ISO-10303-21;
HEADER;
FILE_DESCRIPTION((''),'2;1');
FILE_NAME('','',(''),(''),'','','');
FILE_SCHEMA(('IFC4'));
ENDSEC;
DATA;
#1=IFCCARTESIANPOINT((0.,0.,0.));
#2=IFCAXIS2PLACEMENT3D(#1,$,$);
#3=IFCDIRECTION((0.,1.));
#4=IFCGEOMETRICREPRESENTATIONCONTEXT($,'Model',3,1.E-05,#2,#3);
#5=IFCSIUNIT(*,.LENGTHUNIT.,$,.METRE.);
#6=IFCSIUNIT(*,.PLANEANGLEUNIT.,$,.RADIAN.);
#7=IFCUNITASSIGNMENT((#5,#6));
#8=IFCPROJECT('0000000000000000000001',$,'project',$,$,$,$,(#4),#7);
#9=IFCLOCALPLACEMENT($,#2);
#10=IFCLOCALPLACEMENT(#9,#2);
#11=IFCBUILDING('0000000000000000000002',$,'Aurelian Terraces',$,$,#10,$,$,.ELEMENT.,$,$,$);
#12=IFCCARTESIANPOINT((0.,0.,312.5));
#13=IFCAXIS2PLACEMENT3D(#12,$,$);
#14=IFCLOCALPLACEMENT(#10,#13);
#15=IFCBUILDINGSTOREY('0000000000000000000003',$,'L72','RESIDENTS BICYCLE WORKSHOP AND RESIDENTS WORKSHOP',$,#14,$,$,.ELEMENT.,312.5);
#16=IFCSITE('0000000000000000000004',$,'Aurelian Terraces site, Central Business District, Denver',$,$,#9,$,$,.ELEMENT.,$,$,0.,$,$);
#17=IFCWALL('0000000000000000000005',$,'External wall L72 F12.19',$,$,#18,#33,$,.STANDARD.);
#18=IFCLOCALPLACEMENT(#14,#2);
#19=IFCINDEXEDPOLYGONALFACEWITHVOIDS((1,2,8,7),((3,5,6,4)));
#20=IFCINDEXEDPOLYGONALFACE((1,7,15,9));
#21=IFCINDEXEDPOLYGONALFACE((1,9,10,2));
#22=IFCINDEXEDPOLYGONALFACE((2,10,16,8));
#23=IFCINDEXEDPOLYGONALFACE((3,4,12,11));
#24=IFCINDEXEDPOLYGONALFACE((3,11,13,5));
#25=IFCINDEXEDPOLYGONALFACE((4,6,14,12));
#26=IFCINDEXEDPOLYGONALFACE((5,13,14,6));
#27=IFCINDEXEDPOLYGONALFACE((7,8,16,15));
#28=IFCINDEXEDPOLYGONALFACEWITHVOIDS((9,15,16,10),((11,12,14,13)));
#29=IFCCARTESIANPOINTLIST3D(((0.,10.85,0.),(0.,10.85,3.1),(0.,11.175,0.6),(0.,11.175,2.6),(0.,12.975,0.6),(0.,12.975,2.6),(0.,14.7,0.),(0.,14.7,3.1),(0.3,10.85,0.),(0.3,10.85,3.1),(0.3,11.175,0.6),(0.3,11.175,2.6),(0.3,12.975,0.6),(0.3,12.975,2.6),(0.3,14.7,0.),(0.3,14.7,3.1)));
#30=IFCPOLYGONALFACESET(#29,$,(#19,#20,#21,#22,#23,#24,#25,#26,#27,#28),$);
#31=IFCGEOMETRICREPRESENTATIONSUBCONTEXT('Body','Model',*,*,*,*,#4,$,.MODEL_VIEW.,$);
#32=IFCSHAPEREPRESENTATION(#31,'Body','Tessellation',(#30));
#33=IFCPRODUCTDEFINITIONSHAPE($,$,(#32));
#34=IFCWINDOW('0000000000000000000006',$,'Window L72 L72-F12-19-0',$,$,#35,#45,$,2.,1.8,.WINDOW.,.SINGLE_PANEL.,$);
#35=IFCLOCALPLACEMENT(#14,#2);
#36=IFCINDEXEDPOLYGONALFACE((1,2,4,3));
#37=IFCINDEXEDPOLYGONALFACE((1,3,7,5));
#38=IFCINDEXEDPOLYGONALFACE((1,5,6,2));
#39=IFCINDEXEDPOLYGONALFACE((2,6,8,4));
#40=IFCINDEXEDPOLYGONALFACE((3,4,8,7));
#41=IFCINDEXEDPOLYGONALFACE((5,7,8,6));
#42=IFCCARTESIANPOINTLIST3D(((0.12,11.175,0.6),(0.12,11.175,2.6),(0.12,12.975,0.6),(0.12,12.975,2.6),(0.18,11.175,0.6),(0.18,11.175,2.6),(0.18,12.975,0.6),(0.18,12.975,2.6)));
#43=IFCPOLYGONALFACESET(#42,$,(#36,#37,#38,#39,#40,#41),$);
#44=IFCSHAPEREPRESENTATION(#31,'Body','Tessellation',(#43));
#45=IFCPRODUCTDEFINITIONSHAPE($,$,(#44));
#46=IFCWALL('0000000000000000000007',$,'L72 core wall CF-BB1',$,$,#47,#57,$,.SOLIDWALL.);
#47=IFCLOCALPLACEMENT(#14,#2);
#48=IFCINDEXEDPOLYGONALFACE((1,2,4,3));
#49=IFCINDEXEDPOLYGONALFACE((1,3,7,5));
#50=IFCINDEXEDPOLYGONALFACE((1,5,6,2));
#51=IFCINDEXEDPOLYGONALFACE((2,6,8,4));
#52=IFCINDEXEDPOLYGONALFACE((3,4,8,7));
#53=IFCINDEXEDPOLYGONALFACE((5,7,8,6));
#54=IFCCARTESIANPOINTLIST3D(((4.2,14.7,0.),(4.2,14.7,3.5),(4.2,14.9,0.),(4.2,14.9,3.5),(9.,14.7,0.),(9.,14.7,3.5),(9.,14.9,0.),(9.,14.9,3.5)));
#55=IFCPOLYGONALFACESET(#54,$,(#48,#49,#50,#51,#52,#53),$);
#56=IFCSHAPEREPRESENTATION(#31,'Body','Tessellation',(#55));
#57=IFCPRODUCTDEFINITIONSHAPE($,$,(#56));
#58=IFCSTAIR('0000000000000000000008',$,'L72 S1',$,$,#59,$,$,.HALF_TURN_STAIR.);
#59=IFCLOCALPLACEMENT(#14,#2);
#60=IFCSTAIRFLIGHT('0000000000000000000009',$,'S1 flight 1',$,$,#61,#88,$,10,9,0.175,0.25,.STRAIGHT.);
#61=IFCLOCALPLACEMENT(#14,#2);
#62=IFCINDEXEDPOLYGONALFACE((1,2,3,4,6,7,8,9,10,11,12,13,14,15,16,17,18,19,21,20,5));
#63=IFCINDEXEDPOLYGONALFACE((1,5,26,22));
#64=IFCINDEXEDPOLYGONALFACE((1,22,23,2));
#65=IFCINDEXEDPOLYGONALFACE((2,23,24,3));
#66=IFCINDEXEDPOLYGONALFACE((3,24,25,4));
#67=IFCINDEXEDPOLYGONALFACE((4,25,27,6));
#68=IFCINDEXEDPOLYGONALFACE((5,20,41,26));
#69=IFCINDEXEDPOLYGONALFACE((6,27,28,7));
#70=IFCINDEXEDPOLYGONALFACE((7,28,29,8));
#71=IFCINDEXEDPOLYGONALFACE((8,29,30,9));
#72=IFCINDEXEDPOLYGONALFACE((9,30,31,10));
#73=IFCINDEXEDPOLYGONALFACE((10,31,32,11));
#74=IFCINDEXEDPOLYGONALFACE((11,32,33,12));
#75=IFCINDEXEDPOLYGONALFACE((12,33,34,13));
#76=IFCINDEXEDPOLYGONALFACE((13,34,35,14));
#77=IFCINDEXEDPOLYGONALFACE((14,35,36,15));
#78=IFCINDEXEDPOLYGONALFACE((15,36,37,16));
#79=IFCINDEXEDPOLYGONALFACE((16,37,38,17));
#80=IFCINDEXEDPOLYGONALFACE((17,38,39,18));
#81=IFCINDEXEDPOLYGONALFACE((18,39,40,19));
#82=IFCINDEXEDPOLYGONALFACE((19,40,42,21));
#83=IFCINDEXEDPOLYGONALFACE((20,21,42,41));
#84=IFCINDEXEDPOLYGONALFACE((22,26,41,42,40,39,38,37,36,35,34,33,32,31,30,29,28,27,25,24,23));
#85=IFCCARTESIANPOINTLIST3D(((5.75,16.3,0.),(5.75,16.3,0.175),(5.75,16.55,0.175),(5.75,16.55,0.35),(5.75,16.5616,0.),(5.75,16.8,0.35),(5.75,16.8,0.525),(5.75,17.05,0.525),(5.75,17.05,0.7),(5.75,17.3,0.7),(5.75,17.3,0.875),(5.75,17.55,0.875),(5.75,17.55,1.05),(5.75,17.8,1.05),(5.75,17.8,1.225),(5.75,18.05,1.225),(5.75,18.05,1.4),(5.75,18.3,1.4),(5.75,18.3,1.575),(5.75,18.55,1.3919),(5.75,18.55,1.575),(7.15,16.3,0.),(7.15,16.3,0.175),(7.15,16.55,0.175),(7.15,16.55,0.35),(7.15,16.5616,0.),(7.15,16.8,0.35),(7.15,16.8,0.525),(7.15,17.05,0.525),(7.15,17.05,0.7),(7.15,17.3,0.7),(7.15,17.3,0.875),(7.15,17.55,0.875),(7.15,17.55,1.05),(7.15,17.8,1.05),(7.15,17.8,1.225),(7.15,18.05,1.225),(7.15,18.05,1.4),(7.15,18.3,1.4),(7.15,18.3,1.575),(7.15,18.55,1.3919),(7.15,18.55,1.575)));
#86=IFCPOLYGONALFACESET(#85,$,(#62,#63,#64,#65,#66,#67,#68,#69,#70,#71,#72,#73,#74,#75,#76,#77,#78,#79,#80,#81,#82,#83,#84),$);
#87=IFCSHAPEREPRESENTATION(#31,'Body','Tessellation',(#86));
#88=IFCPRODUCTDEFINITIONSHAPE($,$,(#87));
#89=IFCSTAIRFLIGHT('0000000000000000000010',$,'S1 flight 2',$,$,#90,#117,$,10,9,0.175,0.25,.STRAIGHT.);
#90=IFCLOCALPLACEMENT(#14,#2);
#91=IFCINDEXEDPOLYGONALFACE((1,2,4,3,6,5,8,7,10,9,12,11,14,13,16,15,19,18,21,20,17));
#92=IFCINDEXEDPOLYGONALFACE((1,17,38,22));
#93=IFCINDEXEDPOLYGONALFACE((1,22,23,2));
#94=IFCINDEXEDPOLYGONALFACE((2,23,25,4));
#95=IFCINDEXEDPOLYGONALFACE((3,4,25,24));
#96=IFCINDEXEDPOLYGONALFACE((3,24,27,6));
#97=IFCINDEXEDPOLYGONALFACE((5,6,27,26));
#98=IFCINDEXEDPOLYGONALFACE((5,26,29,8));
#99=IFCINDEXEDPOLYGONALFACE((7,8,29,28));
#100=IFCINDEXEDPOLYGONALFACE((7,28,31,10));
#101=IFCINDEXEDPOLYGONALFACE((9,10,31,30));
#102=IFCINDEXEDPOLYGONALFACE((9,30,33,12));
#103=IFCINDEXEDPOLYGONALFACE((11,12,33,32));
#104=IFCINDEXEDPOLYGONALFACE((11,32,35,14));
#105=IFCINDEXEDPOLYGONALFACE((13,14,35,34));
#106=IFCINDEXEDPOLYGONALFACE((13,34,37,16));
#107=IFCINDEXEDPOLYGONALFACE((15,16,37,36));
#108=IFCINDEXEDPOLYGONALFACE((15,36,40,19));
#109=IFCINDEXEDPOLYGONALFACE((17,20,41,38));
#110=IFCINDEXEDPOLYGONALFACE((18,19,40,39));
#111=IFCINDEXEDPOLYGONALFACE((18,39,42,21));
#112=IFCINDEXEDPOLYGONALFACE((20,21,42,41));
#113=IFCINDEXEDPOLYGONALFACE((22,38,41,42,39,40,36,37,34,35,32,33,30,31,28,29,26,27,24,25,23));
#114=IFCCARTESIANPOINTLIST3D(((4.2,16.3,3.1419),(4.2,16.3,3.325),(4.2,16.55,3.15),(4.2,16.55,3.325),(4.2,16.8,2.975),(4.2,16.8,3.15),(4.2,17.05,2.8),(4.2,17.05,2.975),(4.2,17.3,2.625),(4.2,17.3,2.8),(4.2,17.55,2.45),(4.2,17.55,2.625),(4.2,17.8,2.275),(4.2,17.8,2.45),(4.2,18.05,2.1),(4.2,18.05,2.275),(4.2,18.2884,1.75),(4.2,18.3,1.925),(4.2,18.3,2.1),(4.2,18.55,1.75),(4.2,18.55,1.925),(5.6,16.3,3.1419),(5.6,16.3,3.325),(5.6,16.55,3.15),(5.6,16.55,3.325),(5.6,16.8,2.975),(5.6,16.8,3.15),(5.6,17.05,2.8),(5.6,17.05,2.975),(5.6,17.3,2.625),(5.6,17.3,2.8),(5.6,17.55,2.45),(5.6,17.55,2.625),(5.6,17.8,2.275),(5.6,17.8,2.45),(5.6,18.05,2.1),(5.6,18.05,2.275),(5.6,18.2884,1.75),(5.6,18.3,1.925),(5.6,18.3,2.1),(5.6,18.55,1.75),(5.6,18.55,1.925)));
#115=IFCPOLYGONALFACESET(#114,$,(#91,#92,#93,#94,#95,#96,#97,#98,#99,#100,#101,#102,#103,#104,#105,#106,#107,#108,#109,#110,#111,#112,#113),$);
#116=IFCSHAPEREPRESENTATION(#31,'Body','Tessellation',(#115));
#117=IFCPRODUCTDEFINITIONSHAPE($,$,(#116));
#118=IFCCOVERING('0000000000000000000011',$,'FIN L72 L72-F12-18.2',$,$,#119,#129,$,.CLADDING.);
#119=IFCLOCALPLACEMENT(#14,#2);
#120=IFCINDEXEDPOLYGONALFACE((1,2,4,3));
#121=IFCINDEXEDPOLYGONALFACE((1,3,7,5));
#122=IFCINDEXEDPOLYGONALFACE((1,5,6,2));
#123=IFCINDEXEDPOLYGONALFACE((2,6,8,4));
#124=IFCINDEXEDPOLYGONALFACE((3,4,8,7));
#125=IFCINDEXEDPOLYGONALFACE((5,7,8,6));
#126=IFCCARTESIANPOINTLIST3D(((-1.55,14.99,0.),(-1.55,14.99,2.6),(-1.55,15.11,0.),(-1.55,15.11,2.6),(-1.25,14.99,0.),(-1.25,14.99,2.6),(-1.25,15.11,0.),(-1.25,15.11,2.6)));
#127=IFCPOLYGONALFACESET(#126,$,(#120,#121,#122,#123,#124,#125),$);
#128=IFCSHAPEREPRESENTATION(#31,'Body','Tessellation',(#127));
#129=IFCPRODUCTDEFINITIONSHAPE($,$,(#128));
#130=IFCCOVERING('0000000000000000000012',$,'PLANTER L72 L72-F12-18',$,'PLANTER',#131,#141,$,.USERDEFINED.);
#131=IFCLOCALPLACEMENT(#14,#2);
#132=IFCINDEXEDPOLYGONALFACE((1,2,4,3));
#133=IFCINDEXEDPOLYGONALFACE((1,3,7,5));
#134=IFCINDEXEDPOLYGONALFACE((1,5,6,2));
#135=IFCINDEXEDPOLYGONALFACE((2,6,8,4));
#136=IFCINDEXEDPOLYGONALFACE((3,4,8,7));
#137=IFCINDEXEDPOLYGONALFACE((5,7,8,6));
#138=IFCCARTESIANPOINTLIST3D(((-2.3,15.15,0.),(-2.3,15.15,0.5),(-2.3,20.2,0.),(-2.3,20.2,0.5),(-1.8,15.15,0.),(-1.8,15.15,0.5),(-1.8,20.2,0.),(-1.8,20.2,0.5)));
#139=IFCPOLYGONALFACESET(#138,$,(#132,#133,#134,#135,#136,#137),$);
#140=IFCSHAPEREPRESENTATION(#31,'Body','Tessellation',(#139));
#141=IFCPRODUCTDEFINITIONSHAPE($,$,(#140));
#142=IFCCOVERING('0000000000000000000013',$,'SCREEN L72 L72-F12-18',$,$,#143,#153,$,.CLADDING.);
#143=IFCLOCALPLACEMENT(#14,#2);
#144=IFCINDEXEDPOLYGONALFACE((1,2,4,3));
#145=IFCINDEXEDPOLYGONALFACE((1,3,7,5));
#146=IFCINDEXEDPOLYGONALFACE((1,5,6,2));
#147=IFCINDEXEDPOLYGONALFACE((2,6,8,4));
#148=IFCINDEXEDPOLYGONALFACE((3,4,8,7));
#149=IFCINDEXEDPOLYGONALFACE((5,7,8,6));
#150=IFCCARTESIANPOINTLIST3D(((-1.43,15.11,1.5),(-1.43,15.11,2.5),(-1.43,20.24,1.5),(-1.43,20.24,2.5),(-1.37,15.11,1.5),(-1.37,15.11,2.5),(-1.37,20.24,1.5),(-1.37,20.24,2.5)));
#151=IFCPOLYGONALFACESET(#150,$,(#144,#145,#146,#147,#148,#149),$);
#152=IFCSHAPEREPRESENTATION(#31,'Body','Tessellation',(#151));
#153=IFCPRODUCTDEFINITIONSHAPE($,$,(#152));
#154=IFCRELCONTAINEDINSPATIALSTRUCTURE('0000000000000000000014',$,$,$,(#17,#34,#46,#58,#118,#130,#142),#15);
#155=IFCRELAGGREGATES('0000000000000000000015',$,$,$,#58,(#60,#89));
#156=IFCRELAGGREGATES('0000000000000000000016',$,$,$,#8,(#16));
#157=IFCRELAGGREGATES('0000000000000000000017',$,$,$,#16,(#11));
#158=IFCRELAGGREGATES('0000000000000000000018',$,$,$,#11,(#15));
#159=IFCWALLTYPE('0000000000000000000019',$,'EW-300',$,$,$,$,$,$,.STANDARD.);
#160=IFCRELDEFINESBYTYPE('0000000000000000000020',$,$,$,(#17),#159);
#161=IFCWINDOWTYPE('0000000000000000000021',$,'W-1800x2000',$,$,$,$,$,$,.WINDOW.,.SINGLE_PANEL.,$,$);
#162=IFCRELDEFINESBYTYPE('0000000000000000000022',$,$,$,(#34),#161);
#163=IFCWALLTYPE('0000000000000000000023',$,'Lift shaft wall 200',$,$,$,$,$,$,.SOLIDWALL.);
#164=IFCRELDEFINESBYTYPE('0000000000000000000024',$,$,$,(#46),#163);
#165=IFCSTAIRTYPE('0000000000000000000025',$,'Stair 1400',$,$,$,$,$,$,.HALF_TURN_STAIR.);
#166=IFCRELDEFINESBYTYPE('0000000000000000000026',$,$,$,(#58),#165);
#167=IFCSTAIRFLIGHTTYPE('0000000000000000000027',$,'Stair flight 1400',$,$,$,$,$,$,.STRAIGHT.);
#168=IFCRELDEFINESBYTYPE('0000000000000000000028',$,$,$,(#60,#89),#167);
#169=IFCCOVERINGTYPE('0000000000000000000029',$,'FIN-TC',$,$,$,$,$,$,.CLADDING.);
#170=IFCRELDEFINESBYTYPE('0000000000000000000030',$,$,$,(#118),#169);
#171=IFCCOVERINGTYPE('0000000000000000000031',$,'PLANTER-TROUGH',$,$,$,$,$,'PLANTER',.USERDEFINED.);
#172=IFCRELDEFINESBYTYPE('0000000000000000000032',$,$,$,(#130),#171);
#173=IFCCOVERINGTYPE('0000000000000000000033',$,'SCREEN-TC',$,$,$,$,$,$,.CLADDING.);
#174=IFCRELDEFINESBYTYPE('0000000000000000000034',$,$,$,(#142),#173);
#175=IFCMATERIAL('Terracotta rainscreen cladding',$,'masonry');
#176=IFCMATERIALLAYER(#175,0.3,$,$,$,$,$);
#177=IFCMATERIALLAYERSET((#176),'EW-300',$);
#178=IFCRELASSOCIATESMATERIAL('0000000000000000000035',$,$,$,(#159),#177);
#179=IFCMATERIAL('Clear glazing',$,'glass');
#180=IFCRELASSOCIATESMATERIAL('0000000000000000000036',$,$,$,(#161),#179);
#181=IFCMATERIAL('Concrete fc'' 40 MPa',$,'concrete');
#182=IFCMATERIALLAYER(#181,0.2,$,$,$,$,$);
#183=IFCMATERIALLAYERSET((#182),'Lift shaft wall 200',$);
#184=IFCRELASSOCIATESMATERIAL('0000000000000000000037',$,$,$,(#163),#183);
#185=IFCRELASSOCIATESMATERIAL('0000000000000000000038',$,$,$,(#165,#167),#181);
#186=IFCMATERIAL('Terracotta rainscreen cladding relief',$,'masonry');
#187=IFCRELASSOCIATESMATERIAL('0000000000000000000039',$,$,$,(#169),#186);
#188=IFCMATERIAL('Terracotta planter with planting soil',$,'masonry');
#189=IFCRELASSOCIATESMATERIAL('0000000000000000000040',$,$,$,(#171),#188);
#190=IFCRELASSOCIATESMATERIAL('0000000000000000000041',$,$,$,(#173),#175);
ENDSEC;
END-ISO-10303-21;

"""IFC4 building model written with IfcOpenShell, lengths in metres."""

from ifc_helpers import new_model, si_unit, direction, frame, frame_2d, origin, origin_2d, place, context, subcontext, project, spatial, polyline, rectangle, outline, extrude, source, transform, mapped, material, layer, layer_set, type_object, element, fill, aggregate, save


model = new_model("IFC4")

# Units and contexts
model_context = context("Model", 3, precision=1e-05, world=origin(), true_north=direction((0.0, 1.0)))
body_context = subcontext(model_context, "Body", "Model", "MODEL_VIEW")
ifc_project = project(units=[si_unit("LENGTHUNIT", "METRE"), si_unit("PLANEANGLEUNIT", "RADIAN")], contexts=[model_context])

# Site, building, storey
site_placement = place(None, origin())
site = spatial("IfcSite", under=ifc_project, at=site_placement, Name="Aurelian Terraces site, Central Business District, Denver", CompositionType="ELEMENT", RefElevation=0.0)
building_placement = place(site_placement, origin())
building = spatial("IfcBuilding", under=site, at=building_placement, Name="Aurelian Terraces", CompositionType="ELEMENT")
storey_placement = place(building_placement, frame((0.0, 0.0, 312.5)))
storey = spatial("IfcBuildingStorey", under=building, at=storey_placement, Name="L72", Description="RESIDENTS BICYCLE WORKSHOP AND RESIDENTS WORKSHOP", CompositionType="ELEMENT", Elevation=312.5)

# Wall, opening, window
ifc_material_1 = material(Name="Terracotta rainscreen cladding", Category="masonry")
ifc_layer_1 = layer(ifc_material_1, 0.3)
ifc_layer_set_1 = layer_set([ifc_layer_1], Name="EW-300")
wall_type_1 = type_object("IfcWallType", Name="EW-300", PredefinedType="STANDARD", material=ifc_layer_set_1)
shared_shape_1 = source(origin(), body_context, "Body", "SweptSolid", [
    extrude(rectangle(XDim=3.85, YDim=0.3, at=frame_2d((1.925, 0.0))), origin(), (0.0, 0.0, 1.0), 3.1),
])
wall_1_placement = place(storey_placement, frame((0.15, 14.7, 0.0), z_axis=(0.0, 0.0, 1.0), x_axis=(0.0, -1.0, 0.0)))
wall_1 = element("IfcWall", 1, at=wall_1_placement, inside=storey, type_object=wall_type_1, Name="External wall L72 F12.19", PredefinedType="STANDARD", context=body_context, shape_type="MappedRepresentation", body=[
    mapped(shared_shape_1, transform((0.0, 0.0, 0.0), scale=1.0)),
])
shared_shape_2 = source(origin(), body_context, "Body", "SweptSolid", [
    extrude(rectangle(XDim=1.8, YDim=2.0, at=frame_2d((0.9, 1.0))), frame((0.0, 0.16, 0.0), z_axis=(0.0, -1.0, 0.0), x_axis=(1.0, 0.0, 0.0)), (0.0, 0.0, 1.0), 0.32),
])
opening_placement = place(wall_1_placement, frame((1.725, 0.0, 0.6)))
opening = element("IfcOpeningElement", 2, at=opening_placement, cuts=wall_1, PredefinedType="OPENING", context=body_context, shape_type="MappedRepresentation", body=[
    mapped(shared_shape_2, transform((0.0, 0.0, 0.0), scale=1.0)),
])
ifc_material_2 = material(Name="Clear glazing", Category="glass")
window_type = type_object("IfcWindowType", Name="W-1800x2000", PartitioningType="SINGLE_PANEL", PredefinedType="WINDOW", material=ifc_material_2)
shared_shape_3 = source(origin(), body_context, "Body", "SweptSolid", [
    extrude(rectangle(XDim=1.8, YDim=2.0, at=frame_2d((0.9, 1.0))), frame((0.0, 0.03, 0.0), z_axis=(0.0, -1.0, 0.0), x_axis=(1.0, 0.0, 0.0)), (0.0, 0.0, 1.0), 0.06),
])
window_placement = place(opening_placement, origin())
window = element("IfcWindow", 3, at=window_placement, inside=storey, type_object=window_type, Name="Window L72 L72-F12-19-0", OverallHeight=2.0, OverallWidth=1.8, PartitioningType="SINGLE_PANEL", PredefinedType="WINDOW", context=body_context, shape_type="MappedRepresentation", body=[
    mapped(shared_shape_3, transform((0.0, 0.0, 0.0), scale=1.0)),
])
fill(opening, window)

# Wall
ifc_material_3 = material(Name="Concrete fc' 40 MPa", Category="concrete")
ifc_layer_2 = layer(ifc_material_3, 0.2)
ifc_layer_set_2 = layer_set([ifc_layer_2], Name="Lift shaft wall 200")
wall_type_2 = type_object("IfcWallType", Name="Lift shaft wall 200", PredefinedType="SOLIDWALL", material=ifc_layer_set_2)
shared_shape_4 = source(origin(), body_context, "Body", "SweptSolid", [
    extrude(rectangle(XDim=4.8, YDim=0.2, at=frame_2d((2.4, 0.0))), origin(), (0.0, 0.0, 1.0), 3.5),
])
wall_2_placement = place(storey_placement, frame((4.2, 14.8, 0.0), z_axis=(0.0, 0.0, 1.0), x_axis=(1.0, 0.0, 0.0)))
element("IfcWall", 4, at=wall_2_placement, inside=storey, type_object=wall_type_2, Name="L72 core wall CF-BB1", PredefinedType="SOLIDWALL", context=body_context, shape_type="MappedRepresentation", body=[
    mapped(shared_shape_4, transform((0.0, 0.0, 0.0), scale=1.0)),
])

# Stair, stair flights
stair_type = type_object("IfcStairType", Name="Stair 1400", PredefinedType="HALF_TURN_STAIR", material=ifc_material_3)
stair_placement = place(storey_placement, origin())
stair = element("IfcStair", 5, at=stair_placement, inside=storey, type_object=stair_type, Name="L72 S1", PredefinedType="HALF_TURN_STAIR")
stair_flight_type = type_object("IfcStairFlightType", Name="Stair flight 1400", PredefinedType="STRAIGHT", material=ifc_material_3)
shared_shape_5 = source(origin(), body_context, "Body", "SweptSolid", [
    extrude(outline(polyline([(0.0, 0.0), (0.0, 0.175), (0.25, 0.175), (0.25, 0.35), (0.5, 0.35), (0.5, 0.525), (0.75, 0.525), (0.75, 0.7), (1.0, 0.7), (1.0, 0.875), (1.25, 0.875), (1.25, 1.05), (1.5, 1.05), (1.5, 1.225), (1.75, 1.225), (1.75, 1.4), (2.0, 1.4), (2.0, 1.575), (2.25, 1.575), (2.25, 1.75), (2.25, 1.3919), (0.2616, 0.0), (0.0, 0.0)])), frame((0.0, 0.7, 0.0), z_axis=(0.0, -1.0, 0.0), x_axis=(1.0, 0.0, 0.0)), (0.0, 0.0, 1.0), 1.4),
])
stair_flight_1_placement = place(storey_placement, frame((6.45, 16.3, 0.0), z_axis=(0.0, 0.0, 1.0), x_axis=(0.0, 1.0, 0.0)))
stair_flight_1 = element("IfcStairFlight", 6, at=stair_flight_1_placement, type_object=stair_flight_type, Name="S1 flight 1", NumberOfRisers=10, NumberOfTreads=9, PredefinedType="STRAIGHT", RiserHeight=0.175, TreadLength=0.25, context=body_context, shape_type="MappedRepresentation", body=[
    mapped(shared_shape_5, transform((0.0, 0.0, 0.0), scale=1.0)),
])
stair_flight_2_placement = place(storey_placement, frame((4.9, 18.55, 1.75), z_axis=(0.0, 0.0, 1.0), x_axis=(0.0, -1.0, 0.0)))
stair_flight_2 = element("IfcStairFlight", 7, at=stair_flight_2_placement, type_object=stair_flight_type, Name="S1 flight 2", NumberOfRisers=10, NumberOfTreads=9, PredefinedType="STRAIGHT", RiserHeight=0.175, TreadLength=0.25, context=body_context, shape_type="MappedRepresentation", body=[
    mapped(shared_shape_5, transform((0.0, 0.0, 0.0), scale=1.0)),
])
aggregate(stair, [stair_flight_1, stair_flight_2])

# Coverings
ifc_material_4 = material(Name="Terracotta rainscreen cladding relief", Category="masonry")
covering_type_1 = type_object("IfcCoveringType", Name="FIN-TC", PredefinedType="CLADDING", material=ifc_material_4)
shared_shape_6 = source(origin(), body_context, "Body", "SweptSolid", [
    extrude(rectangle(XDim=0.3, YDim=0.12, at=origin_2d()), origin(), (0.0, 0.0, 1.0), 2.6),
])
covering_1_placement = place(storey_placement, frame((-1.4, 15.05, 0.0), z_axis=(0.0, 0.0, 1.0), x_axis=(1.0, 0.0, 0.0)))
element("IfcCovering", 8, at=covering_1_placement, inside=storey, type_object=covering_type_1, Name="FIN L72 L72-F12-18.2", PredefinedType="CLADDING", context=body_context, shape_type="MappedRepresentation", body=[
    mapped(shared_shape_6, transform((0.0, 0.0, 0.0), scale=1.0)),
])
ifc_material_5 = material(Name="Terracotta planter with planting soil", Category="masonry")
covering_type_2 = type_object("IfcCoveringType", Name="PLANTER-TROUGH", ElementType="PLANTER", PredefinedType="USERDEFINED", material=ifc_material_5)
shared_shape_7 = source(origin(), body_context, "Body", "SweptSolid", [
    extrude(rectangle(XDim=0.5, YDim=5.05, at=origin_2d()), origin(), (0.0, 0.0, 1.0), 0.5),
])
covering_2_placement = place(storey_placement, frame((-2.05, 17.675, 0.0), z_axis=(0.0, 0.0, 1.0), x_axis=(1.0, 0.0, 0.0)))
element("IfcCovering", 9, at=covering_2_placement, inside=storey, type_object=covering_type_2, Name="PLANTER L72 L72-F12-18", ObjectType="PLANTER", PredefinedType="USERDEFINED", context=body_context, shape_type="MappedRepresentation", body=[
    mapped(shared_shape_7, transform((0.0, 0.0, 0.0), scale=1.0)),
])
covering_type_3 = type_object("IfcCoveringType", Name="SCREEN-TC", PredefinedType="CLADDING", material=ifc_material_1)
shared_shape_8 = source(origin(), body_context, "Body", "SweptSolid", [
    extrude(rectangle(XDim=0.06, YDim=5.13, at=origin_2d()), origin(), (0.0, 0.0, 1.0), 1.0),
])
covering_3_placement = place(storey_placement, frame((-1.4, 17.675, 1.5), z_axis=(0.0, 0.0, 1.0), x_axis=(1.0, 0.0, 0.0)))
element("IfcCovering", 10, at=covering_3_placement, inside=storey, type_object=covering_type_3, Name="SCREEN L72 L72-F12-18", PredefinedType="CLADDING", context=body_context, shape_type="MappedRepresentation", body=[
    mapped(shared_shape_8, transform((0.0, 0.0, 0.0), scale=1.0)),
])

save(model, "model.ifc")
